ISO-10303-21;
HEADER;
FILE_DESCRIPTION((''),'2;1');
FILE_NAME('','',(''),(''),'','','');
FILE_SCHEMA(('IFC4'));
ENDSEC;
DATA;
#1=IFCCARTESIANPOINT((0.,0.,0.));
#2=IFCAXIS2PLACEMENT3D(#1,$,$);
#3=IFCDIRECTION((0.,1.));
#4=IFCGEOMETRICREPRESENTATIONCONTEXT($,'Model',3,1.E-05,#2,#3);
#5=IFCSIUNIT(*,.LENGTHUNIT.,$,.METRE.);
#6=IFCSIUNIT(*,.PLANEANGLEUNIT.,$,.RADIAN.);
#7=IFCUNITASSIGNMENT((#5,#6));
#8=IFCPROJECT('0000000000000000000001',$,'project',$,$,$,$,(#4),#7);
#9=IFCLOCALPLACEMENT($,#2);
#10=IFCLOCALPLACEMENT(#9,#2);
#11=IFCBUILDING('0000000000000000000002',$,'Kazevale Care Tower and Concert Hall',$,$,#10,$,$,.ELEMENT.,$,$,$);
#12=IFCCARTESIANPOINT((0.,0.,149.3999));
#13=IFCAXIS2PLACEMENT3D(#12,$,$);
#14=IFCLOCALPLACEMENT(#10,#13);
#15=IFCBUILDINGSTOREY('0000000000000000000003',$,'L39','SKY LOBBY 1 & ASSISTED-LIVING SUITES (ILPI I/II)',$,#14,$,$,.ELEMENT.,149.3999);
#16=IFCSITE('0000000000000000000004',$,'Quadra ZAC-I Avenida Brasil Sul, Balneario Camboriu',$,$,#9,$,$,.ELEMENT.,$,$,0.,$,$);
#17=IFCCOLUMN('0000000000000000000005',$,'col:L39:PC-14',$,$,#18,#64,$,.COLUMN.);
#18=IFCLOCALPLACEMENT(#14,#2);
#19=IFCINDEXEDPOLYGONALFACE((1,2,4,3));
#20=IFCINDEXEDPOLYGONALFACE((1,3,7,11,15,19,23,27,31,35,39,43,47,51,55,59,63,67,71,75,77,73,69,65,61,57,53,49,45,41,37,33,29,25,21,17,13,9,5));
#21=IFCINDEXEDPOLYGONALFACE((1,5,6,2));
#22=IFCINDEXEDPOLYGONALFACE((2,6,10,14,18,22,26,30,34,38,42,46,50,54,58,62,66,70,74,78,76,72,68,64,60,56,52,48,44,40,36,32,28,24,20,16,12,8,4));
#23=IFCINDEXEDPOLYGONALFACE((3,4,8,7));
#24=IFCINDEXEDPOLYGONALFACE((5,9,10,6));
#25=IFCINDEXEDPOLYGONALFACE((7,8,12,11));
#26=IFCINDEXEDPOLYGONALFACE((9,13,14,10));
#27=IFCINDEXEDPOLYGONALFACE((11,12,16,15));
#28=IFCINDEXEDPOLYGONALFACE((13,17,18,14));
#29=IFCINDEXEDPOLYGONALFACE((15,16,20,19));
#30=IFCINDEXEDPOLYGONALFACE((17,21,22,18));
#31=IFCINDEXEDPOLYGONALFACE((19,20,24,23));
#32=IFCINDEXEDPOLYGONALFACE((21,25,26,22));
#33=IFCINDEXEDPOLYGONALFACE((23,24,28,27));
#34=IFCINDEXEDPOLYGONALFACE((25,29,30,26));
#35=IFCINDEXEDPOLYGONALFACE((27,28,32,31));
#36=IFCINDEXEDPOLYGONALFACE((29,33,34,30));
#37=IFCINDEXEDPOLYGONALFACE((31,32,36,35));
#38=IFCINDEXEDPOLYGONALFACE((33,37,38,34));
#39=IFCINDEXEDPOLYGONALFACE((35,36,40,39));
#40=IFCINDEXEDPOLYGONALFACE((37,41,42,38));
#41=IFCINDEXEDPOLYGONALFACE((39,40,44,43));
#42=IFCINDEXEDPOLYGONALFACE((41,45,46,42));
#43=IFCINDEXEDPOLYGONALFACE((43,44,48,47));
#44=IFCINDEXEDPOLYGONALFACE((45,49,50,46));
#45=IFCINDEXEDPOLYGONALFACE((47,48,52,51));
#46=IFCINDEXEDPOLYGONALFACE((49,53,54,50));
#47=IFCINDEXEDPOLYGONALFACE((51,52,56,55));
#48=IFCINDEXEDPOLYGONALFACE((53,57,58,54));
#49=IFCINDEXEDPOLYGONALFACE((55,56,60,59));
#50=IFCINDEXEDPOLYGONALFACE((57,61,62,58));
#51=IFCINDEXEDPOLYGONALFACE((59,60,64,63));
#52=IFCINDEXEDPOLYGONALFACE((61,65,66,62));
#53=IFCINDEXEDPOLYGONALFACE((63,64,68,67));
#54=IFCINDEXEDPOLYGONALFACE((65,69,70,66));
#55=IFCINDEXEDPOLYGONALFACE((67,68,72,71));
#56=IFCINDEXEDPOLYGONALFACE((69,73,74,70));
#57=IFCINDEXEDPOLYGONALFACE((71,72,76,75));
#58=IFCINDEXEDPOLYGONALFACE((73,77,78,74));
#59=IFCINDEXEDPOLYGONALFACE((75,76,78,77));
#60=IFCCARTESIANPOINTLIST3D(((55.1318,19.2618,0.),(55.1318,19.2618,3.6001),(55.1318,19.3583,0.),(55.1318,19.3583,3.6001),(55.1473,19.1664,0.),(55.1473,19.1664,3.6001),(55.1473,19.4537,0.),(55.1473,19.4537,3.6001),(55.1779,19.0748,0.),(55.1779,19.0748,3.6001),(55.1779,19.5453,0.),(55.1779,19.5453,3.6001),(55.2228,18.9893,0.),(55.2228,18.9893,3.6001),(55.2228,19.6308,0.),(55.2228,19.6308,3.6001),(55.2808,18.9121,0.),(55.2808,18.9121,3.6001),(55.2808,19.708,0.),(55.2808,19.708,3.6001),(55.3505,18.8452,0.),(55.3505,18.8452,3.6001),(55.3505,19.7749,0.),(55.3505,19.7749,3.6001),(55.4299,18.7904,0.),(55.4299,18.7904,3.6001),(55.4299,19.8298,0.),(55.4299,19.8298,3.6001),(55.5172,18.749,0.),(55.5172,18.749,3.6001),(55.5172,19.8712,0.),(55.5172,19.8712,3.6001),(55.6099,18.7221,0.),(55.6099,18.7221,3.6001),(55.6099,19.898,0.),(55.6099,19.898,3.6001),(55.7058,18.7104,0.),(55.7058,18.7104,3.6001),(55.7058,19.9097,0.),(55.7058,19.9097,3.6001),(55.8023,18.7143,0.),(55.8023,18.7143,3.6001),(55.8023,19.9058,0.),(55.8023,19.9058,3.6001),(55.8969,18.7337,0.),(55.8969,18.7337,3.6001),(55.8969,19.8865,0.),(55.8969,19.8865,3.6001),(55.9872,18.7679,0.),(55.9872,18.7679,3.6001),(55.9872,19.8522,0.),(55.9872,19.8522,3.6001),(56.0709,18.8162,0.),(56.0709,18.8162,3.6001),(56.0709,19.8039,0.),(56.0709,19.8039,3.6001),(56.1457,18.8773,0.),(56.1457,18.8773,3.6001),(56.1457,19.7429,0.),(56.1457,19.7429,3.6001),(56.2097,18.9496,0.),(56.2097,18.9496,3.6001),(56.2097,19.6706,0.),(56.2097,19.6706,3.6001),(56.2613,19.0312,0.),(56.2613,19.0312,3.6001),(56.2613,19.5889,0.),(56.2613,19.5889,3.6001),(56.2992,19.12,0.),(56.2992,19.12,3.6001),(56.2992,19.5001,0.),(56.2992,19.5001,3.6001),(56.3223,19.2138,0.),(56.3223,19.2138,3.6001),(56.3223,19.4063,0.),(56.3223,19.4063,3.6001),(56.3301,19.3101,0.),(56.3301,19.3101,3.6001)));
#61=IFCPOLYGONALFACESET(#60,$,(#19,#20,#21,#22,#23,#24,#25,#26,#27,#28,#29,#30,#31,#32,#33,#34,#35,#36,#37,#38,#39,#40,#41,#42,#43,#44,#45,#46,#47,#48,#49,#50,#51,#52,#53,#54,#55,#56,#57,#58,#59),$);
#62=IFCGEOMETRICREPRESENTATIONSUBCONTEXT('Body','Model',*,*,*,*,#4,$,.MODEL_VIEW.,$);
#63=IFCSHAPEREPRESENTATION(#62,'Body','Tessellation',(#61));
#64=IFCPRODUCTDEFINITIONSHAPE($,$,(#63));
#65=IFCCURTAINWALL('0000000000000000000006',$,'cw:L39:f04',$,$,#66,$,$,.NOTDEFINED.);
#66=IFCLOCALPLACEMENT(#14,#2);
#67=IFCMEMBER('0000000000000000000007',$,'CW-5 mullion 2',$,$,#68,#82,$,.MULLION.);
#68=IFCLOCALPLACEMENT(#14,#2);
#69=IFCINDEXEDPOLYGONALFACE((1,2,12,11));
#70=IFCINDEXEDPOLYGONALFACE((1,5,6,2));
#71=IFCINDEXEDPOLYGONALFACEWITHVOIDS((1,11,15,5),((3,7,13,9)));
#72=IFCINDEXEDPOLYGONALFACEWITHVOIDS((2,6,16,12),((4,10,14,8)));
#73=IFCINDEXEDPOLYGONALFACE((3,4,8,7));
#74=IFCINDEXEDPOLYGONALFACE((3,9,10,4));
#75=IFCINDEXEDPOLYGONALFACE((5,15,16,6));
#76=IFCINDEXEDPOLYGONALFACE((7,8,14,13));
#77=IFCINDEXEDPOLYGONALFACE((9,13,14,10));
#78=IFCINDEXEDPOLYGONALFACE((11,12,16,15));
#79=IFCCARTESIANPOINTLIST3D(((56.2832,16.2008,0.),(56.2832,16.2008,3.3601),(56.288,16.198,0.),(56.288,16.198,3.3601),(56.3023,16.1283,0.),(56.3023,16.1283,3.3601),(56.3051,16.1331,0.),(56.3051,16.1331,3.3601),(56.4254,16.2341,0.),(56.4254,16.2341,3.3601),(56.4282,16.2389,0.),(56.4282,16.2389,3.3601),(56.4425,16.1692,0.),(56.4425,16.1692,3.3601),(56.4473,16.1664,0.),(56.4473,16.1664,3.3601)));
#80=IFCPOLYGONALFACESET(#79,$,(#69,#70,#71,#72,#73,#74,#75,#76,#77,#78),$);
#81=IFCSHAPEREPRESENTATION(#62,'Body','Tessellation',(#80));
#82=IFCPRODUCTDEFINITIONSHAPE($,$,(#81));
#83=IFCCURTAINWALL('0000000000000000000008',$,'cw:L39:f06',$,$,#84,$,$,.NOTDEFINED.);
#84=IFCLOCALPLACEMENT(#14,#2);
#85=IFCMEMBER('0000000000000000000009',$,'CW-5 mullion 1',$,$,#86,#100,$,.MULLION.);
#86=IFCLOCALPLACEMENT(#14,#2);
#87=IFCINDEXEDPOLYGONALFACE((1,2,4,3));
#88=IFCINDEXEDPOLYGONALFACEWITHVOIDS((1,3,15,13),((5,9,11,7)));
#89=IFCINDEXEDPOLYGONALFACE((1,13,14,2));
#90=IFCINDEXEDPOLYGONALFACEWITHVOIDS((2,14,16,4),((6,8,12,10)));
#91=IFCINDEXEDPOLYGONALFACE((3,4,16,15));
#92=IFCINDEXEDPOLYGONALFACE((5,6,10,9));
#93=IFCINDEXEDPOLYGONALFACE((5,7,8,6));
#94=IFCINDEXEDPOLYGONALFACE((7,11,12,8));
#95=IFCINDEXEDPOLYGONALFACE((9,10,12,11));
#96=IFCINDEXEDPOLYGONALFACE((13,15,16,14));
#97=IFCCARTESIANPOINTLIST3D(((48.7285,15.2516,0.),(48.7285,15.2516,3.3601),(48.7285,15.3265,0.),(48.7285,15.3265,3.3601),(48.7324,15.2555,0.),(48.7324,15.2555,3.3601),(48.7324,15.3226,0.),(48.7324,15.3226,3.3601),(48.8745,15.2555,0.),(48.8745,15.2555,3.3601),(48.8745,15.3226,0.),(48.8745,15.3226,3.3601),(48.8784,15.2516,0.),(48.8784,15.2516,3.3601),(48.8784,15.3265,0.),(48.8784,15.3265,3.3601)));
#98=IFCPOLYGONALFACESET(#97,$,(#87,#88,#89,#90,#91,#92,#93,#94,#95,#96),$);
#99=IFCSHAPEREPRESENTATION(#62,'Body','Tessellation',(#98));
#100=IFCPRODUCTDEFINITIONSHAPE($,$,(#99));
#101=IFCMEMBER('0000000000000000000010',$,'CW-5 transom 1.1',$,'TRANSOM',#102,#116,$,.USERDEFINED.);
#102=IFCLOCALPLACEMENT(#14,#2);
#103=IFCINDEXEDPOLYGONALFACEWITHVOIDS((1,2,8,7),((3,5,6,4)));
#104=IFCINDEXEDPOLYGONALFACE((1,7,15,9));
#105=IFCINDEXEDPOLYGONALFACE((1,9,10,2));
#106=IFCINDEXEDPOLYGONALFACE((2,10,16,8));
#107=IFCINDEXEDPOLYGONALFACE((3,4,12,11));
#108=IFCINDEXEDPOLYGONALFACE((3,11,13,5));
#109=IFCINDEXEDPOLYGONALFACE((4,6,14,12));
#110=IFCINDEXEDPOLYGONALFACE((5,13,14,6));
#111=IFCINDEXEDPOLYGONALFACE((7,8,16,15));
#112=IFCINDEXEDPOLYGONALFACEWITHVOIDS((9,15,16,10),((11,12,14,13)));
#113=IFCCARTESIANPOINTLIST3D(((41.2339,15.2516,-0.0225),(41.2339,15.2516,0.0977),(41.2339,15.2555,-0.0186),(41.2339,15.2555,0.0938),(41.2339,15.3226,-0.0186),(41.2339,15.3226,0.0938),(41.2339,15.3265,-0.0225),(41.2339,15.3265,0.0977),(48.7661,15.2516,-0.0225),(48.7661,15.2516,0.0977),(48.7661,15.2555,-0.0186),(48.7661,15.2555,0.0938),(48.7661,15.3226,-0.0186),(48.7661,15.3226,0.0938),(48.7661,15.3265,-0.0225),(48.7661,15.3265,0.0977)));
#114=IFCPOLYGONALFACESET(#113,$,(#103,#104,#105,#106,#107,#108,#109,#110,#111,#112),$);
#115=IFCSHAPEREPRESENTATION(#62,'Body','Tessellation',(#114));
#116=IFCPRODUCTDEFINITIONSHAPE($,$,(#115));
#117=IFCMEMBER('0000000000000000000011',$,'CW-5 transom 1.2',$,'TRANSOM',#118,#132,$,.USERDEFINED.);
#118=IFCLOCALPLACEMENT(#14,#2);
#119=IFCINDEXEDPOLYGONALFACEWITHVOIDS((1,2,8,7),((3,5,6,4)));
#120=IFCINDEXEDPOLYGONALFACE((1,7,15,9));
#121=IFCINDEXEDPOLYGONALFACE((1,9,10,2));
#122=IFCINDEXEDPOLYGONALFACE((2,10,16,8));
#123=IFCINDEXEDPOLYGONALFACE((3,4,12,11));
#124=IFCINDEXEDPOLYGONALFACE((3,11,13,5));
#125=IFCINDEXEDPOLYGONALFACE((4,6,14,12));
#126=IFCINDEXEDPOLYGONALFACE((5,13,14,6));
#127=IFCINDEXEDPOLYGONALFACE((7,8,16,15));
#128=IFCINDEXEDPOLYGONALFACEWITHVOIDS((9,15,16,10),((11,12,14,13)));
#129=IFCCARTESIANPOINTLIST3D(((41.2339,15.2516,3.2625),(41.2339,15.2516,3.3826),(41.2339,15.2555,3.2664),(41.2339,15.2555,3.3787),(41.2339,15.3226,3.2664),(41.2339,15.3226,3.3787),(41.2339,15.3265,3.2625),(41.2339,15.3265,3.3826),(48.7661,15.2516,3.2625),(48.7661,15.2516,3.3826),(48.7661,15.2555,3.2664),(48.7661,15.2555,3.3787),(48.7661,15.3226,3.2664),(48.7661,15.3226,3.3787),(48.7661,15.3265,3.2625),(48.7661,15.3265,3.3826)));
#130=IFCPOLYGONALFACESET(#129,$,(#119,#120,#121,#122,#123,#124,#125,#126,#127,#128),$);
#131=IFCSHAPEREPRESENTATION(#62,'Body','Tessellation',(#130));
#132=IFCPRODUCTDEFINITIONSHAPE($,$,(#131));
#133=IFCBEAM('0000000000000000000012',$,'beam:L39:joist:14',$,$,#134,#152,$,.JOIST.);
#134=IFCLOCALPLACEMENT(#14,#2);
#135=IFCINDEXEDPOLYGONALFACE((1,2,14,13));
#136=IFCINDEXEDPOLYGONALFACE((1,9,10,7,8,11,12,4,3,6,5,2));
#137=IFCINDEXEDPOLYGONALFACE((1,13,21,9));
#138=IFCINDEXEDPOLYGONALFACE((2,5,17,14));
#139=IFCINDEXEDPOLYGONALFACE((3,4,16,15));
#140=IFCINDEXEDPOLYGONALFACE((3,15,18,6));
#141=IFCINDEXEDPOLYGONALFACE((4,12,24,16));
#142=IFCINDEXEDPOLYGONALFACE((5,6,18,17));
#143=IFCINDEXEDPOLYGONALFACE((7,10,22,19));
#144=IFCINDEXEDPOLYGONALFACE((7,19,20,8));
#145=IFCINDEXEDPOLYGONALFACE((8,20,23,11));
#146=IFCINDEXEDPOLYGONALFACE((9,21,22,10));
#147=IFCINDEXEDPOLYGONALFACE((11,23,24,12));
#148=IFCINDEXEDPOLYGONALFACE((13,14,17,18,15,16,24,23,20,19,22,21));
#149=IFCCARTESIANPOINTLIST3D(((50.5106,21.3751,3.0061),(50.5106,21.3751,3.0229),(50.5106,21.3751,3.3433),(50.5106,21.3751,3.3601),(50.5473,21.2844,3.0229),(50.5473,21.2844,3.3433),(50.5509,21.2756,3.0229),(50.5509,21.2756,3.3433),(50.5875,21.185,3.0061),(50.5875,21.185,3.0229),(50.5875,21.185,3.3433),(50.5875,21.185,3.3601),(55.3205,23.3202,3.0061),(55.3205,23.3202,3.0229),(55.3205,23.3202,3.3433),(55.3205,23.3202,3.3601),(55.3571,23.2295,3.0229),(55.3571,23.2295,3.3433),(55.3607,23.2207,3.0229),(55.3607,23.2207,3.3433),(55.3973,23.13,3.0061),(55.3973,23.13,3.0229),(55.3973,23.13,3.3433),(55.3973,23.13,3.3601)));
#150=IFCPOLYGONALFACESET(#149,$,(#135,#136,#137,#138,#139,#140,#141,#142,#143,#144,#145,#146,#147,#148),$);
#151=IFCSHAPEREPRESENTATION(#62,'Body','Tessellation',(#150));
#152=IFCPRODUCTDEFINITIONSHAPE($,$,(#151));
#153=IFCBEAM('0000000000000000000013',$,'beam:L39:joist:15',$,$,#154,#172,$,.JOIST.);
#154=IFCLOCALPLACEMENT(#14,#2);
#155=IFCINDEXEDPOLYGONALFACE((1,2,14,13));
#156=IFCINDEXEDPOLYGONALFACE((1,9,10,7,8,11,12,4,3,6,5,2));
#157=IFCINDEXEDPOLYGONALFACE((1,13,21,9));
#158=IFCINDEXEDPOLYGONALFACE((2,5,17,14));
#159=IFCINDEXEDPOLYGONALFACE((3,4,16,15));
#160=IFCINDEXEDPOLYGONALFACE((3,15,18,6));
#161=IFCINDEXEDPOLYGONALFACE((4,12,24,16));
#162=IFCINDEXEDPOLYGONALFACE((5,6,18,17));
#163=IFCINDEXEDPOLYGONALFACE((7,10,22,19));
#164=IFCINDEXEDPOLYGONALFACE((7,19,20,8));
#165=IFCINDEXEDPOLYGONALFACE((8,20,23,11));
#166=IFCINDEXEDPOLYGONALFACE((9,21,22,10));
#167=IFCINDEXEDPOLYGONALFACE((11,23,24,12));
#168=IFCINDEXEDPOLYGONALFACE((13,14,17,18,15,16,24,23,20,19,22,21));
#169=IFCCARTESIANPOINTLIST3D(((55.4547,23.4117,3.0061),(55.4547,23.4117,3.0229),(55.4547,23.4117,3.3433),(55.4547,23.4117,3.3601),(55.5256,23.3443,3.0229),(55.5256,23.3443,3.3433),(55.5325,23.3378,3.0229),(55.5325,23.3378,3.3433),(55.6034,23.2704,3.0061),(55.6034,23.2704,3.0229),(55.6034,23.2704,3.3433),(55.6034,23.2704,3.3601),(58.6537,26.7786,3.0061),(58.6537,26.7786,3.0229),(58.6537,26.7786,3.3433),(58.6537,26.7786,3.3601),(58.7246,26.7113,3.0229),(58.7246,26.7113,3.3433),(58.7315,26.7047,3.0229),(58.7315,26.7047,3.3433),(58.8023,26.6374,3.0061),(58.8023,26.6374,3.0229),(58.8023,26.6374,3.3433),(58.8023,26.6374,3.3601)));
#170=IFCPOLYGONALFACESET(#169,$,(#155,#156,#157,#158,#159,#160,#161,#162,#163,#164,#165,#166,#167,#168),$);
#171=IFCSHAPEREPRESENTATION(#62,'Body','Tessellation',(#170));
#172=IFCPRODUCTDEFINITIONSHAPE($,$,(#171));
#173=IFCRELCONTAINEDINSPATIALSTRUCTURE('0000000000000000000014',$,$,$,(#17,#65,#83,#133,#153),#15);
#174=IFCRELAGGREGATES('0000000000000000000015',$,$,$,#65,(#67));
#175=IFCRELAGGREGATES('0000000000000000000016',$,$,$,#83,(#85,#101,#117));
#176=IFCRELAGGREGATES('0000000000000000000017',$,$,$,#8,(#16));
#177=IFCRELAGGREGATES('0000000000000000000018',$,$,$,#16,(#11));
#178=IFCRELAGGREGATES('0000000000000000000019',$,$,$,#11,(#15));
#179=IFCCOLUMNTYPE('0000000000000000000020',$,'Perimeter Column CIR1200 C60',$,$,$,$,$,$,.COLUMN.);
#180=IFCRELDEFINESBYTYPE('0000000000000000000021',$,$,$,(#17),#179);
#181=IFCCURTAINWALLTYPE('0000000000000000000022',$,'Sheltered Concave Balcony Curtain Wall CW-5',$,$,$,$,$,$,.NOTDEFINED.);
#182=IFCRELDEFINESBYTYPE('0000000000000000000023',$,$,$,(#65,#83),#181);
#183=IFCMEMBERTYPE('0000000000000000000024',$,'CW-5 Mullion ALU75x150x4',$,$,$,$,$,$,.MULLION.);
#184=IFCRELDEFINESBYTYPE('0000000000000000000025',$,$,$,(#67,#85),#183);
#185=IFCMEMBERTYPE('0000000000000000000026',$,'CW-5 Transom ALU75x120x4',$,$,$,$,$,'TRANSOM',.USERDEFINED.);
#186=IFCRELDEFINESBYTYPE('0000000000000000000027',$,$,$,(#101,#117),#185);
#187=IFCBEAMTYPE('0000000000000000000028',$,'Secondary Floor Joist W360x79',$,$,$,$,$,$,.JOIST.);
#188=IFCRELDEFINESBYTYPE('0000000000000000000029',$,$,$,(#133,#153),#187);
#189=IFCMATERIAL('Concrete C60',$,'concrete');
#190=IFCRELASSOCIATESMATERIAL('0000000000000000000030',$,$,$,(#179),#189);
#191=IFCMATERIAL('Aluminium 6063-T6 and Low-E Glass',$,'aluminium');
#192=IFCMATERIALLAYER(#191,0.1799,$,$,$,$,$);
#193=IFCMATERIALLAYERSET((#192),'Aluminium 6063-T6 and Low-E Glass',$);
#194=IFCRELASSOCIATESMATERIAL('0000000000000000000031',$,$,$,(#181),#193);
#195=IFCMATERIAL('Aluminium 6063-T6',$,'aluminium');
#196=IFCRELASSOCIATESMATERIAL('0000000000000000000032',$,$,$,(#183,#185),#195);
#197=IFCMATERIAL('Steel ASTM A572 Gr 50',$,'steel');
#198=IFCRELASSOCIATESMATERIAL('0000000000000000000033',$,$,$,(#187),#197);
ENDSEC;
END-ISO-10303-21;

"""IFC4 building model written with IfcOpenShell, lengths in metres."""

from ifc_helpers import new_model, si_unit, direction, frame, origin, origin_2d, place, context, subcontext, project, spatial, hollow_rectangle, circle, i_section, extrude, material, layer, layer_set, material_profile, profile_set, type_object, element, aggregate, save


model = new_model("IFC4")

# Units and contexts
model_context = context("Model", 3, precision=1e-05, world=origin(), true_north=direction((0.0, 1.0)))
body_context = subcontext(model_context, "Body", "Model", "MODEL_VIEW")
ifc_project = project(units=[si_unit("LENGTHUNIT", "METRE"), si_unit("PLANEANGLEUNIT", "RADIAN")], contexts=[model_context])

# Site, building, storey
site_placement = place(None, origin())
site = spatial("IfcSite", under=ifc_project, at=site_placement, Name="Quadra ZAC-I Avenida Brasil Sul, Balneario Camboriu", CompositionType="ELEMENT", RefElevation=0.0)
building_placement = place(site_placement, origin())
building = spatial("IfcBuilding", under=site, at=building_placement, Name="Kazevale Care Tower and Concert Hall", CompositionType="ELEMENT")
storey_placement = place(building_placement, frame((0.0, 0.0, 149.3999)))
storey = spatial("IfcBuildingStorey", under=building, at=storey_placement, Name="L39", Description="SKY LOBBY 1 & ASSISTED-LIVING SUITES (ILPI I/II)", CompositionType="ELEMENT", Elevation=149.3999)

# Column
ifc_material_1 = material(Name="Concrete C60", Category="concrete")
ifc_material_profile_1 = material_profile(ifc_material_1, circle(Radius=0.6001, at=origin_2d()), Name="RC-CIR1200")
ifc_profile_set_1 = profile_set([ifc_material_profile_1], Name="Concrete C60")
column_type = type_object("IfcColumnType", Name="Perimeter Column CIR1200 C60", PredefinedType="COLUMN", material=ifc_profile_set_1)
column_placement = place(storey_placement, frame((55.73, 19.3101, 0.0), z_axis=(0.0, 0.0, 1.0), x_axis=(1.0, 0.0, 0.0)))
element("IfcColumn", 1, at=column_placement, inside=storey, type_object=column_type, Name="col:L39:PC-14", PredefinedType="COLUMN", context=body_context, shape_type="SweptSolid", body=[
    extrude(circle(Radius=0.6001, at=origin_2d()), origin(), (0.0, 0.0, 1.0), 3.6001),
])

# Curtain wall, member
ifc_material_2 = material(Name="Aluminium 6063-T6 and Low-E Glass", Category="aluminium")
ifc_layer_1 = layer(ifc_material_2, 0.1799)
ifc_layer_set_1 = layer_set([ifc_layer_1], Name="Aluminium 6063-T6 and Low-E Glass")
curtain_wall_type = type_object("IfcCurtainWallType", Name="Sheltered Concave Balcony Curtain Wall CW-5", PredefinedType="NOTDEFINED", material=ifc_layer_set_1)
curtain_wall_1_placement = place(storey_placement, origin())
curtain_wall_1 = element("IfcCurtainWall", 2, at=curtain_wall_1_placement, inside=storey, type_object=curtain_wall_type, Name="cw:L39:f04", PredefinedType="NOTDEFINED")
ifc_material_3 = material(Name="Aluminium 6063-T6", Category="aluminium")
ifc_material_profile_2 = material_profile(ifc_material_3, hollow_rectangle(XDim=0.075, YDim=0.1499, WallThickness=0.0039, at=origin_2d()), Name="ALU75x150x4")
ifc_profile_set_2 = profile_set([ifc_material_profile_2], Name="Aluminium 6063-T6")
member_type_1 = type_object("IfcMemberType", Name="CW-5 Mullion ALU75x150x4", PredefinedType="MULLION", material=ifc_profile_set_2)
member_1_placement = place(storey_placement, frame((56.3652, 16.1836, 0.0), z_axis=(0.0, 0.0, 1.0), x_axis=(0.254238, -0.967142, 0.0)))
member_1 = element("IfcMember", 3, at=member_1_placement, type_object=member_type_1, Name="CW-5 mullion 2", PredefinedType="MULLION", context=body_context, shape_type="SweptSolid", body=[
    extrude(hollow_rectangle(XDim=0.075, YDim=0.1499, WallThickness=0.0039, at=origin_2d()), origin(), (0.0, 0.0, 1.0), 3.3601),
])
aggregate(curtain_wall_1, [member_1])

# Curtain wall, members
curtain_wall_2_placement = place(storey_placement, origin())
curtain_wall_2 = element("IfcCurtainWall", 4, at=curtain_wall_2_placement, inside=storey, type_object=curtain_wall_type, Name="cw:L39:f06", PredefinedType="NOTDEFINED")
member_2_placement = place(storey_placement, frame((48.8035, 15.2891, 0.0), z_axis=(0.0, 0.0, 1.0), x_axis=(0.0, -1.0, 0.0)))
member_2 = element("IfcMember", 5, at=member_2_placement, type_object=member_type_1, Name="CW-5 mullion 1", PredefinedType="MULLION", context=body_context, shape_type="SweptSolid", body=[
    extrude(hollow_rectangle(XDim=0.075, YDim=0.1499, WallThickness=0.0039, at=origin_2d()), origin(), (0.0, 0.0, 1.0), 3.3601),
])
ifc_material_profile_3 = material_profile(ifc_material_3, hollow_rectangle(XDim=0.075, YDim=0.1201, WallThickness=0.0039, at=origin_2d()), Name="ALU75x120x4")
ifc_profile_set_3 = profile_set([ifc_material_profile_3], Name="Aluminium 6063-T6")
member_type_2 = type_object("IfcMemberType", Name="CW-5 Transom ALU75x120x4", ElementType="TRANSOM", PredefinedType="USERDEFINED", material=ifc_profile_set_3)
member_3_placement = place(storey_placement, frame((48.7661, 15.2891, 0.0376), z_axis=(-1.0, 0.0, 0.0), x_axis=(0.0, -1.0, 0.0)))
member_3 = element("IfcMember", 6, at=member_3_placement, type_object=member_type_2, Name="CW-5 transom 1.1", ObjectType="TRANSOM", PredefinedType="USERDEFINED", context=body_context, shape_type="SweptSolid", body=[
    extrude(hollow_rectangle(XDim=0.075, YDim=0.1201, WallThickness=0.0039, at=origin_2d()), origin(), (0.0, 0.0, 1.0), 7.5322),
])
member_4_placement = place(storey_placement, frame((48.7661, 15.2891, 3.3225), z_axis=(-1.0, 0.0, 0.0), x_axis=(0.0, -1.0, 0.0)))
member_4 = element("IfcMember", 7, at=member_4_placement, type_object=member_type_2, Name="CW-5 transom 1.2", ObjectType="TRANSOM", PredefinedType="USERDEFINED", context=body_context, shape_type="SweptSolid", body=[
    extrude(hollow_rectangle(XDim=0.075, YDim=0.1201, WallThickness=0.0039, at=origin_2d()), origin(), (0.0, 0.0, 1.0), 7.5322),
])
aggregate(curtain_wall_2, [member_2, member_3, member_4])

# Beams
ifc_material_4 = material(Name="Steel ASTM A572 Gr 50", Category="steel")
ifc_material_profile_4 = material_profile(ifc_material_4, i_section(OverallWidth=0.2051, OverallDepth=0.354, WebThickness=0.0095, FlangeThickness=0.0168, at=origin_2d()), Name="W360x79")
ifc_profile_set_4 = profile_set([ifc_material_profile_4], Name="Steel ASTM A572 Gr 50")
beam_type_1 = type_object("IfcBeamType", Name="Secondary Floor Joist W360x79", PredefinedType="JOIST", material=ifc_profile_set_4)
beam_1_placement = place(storey_placement, frame((50.5491, 21.28, 3.1831), z_axis=(0.927065, 0.374901, 0.0), x_axis=(-0.374901, 0.927065, 0.0)))
element("IfcBeam", 8, at=beam_1_placement, inside=storey, type_object=beam_type_1, Name="beam:L39:joist:14", PredefinedType="JOIST", context=body_context, shape_type="SweptSolid", body=[
    extrude(i_section(OverallWidth=0.2051, OverallDepth=0.354, WebThickness=0.0095, FlangeThickness=0.0168, at=origin_2d()), origin(), (0.0, 0.0, 1.0), 5.1882),
])
beam_2_placement = place(storey_placement, frame((55.5291, 23.3411, 3.1831), z_axis=(0.688792, 0.724959, 0.0), x_axis=(-0.724959, 0.688792, 0.0)))
element("IfcBeam", 9, at=beam_2_placement, inside=storey, type_object=beam_type_1, Name="beam:L39:joist:15", PredefinedType="JOIST", context=body_context, shape_type="SweptSolid", body=[
    extrude(i_section(OverallWidth=0.2051, OverallDepth=0.354, WebThickness=0.0095, FlangeThickness=0.0168, at=origin_2d()), origin(), (0.0, 0.0, 1.0), 4.6443),
])

save(model, "model.ifc")
